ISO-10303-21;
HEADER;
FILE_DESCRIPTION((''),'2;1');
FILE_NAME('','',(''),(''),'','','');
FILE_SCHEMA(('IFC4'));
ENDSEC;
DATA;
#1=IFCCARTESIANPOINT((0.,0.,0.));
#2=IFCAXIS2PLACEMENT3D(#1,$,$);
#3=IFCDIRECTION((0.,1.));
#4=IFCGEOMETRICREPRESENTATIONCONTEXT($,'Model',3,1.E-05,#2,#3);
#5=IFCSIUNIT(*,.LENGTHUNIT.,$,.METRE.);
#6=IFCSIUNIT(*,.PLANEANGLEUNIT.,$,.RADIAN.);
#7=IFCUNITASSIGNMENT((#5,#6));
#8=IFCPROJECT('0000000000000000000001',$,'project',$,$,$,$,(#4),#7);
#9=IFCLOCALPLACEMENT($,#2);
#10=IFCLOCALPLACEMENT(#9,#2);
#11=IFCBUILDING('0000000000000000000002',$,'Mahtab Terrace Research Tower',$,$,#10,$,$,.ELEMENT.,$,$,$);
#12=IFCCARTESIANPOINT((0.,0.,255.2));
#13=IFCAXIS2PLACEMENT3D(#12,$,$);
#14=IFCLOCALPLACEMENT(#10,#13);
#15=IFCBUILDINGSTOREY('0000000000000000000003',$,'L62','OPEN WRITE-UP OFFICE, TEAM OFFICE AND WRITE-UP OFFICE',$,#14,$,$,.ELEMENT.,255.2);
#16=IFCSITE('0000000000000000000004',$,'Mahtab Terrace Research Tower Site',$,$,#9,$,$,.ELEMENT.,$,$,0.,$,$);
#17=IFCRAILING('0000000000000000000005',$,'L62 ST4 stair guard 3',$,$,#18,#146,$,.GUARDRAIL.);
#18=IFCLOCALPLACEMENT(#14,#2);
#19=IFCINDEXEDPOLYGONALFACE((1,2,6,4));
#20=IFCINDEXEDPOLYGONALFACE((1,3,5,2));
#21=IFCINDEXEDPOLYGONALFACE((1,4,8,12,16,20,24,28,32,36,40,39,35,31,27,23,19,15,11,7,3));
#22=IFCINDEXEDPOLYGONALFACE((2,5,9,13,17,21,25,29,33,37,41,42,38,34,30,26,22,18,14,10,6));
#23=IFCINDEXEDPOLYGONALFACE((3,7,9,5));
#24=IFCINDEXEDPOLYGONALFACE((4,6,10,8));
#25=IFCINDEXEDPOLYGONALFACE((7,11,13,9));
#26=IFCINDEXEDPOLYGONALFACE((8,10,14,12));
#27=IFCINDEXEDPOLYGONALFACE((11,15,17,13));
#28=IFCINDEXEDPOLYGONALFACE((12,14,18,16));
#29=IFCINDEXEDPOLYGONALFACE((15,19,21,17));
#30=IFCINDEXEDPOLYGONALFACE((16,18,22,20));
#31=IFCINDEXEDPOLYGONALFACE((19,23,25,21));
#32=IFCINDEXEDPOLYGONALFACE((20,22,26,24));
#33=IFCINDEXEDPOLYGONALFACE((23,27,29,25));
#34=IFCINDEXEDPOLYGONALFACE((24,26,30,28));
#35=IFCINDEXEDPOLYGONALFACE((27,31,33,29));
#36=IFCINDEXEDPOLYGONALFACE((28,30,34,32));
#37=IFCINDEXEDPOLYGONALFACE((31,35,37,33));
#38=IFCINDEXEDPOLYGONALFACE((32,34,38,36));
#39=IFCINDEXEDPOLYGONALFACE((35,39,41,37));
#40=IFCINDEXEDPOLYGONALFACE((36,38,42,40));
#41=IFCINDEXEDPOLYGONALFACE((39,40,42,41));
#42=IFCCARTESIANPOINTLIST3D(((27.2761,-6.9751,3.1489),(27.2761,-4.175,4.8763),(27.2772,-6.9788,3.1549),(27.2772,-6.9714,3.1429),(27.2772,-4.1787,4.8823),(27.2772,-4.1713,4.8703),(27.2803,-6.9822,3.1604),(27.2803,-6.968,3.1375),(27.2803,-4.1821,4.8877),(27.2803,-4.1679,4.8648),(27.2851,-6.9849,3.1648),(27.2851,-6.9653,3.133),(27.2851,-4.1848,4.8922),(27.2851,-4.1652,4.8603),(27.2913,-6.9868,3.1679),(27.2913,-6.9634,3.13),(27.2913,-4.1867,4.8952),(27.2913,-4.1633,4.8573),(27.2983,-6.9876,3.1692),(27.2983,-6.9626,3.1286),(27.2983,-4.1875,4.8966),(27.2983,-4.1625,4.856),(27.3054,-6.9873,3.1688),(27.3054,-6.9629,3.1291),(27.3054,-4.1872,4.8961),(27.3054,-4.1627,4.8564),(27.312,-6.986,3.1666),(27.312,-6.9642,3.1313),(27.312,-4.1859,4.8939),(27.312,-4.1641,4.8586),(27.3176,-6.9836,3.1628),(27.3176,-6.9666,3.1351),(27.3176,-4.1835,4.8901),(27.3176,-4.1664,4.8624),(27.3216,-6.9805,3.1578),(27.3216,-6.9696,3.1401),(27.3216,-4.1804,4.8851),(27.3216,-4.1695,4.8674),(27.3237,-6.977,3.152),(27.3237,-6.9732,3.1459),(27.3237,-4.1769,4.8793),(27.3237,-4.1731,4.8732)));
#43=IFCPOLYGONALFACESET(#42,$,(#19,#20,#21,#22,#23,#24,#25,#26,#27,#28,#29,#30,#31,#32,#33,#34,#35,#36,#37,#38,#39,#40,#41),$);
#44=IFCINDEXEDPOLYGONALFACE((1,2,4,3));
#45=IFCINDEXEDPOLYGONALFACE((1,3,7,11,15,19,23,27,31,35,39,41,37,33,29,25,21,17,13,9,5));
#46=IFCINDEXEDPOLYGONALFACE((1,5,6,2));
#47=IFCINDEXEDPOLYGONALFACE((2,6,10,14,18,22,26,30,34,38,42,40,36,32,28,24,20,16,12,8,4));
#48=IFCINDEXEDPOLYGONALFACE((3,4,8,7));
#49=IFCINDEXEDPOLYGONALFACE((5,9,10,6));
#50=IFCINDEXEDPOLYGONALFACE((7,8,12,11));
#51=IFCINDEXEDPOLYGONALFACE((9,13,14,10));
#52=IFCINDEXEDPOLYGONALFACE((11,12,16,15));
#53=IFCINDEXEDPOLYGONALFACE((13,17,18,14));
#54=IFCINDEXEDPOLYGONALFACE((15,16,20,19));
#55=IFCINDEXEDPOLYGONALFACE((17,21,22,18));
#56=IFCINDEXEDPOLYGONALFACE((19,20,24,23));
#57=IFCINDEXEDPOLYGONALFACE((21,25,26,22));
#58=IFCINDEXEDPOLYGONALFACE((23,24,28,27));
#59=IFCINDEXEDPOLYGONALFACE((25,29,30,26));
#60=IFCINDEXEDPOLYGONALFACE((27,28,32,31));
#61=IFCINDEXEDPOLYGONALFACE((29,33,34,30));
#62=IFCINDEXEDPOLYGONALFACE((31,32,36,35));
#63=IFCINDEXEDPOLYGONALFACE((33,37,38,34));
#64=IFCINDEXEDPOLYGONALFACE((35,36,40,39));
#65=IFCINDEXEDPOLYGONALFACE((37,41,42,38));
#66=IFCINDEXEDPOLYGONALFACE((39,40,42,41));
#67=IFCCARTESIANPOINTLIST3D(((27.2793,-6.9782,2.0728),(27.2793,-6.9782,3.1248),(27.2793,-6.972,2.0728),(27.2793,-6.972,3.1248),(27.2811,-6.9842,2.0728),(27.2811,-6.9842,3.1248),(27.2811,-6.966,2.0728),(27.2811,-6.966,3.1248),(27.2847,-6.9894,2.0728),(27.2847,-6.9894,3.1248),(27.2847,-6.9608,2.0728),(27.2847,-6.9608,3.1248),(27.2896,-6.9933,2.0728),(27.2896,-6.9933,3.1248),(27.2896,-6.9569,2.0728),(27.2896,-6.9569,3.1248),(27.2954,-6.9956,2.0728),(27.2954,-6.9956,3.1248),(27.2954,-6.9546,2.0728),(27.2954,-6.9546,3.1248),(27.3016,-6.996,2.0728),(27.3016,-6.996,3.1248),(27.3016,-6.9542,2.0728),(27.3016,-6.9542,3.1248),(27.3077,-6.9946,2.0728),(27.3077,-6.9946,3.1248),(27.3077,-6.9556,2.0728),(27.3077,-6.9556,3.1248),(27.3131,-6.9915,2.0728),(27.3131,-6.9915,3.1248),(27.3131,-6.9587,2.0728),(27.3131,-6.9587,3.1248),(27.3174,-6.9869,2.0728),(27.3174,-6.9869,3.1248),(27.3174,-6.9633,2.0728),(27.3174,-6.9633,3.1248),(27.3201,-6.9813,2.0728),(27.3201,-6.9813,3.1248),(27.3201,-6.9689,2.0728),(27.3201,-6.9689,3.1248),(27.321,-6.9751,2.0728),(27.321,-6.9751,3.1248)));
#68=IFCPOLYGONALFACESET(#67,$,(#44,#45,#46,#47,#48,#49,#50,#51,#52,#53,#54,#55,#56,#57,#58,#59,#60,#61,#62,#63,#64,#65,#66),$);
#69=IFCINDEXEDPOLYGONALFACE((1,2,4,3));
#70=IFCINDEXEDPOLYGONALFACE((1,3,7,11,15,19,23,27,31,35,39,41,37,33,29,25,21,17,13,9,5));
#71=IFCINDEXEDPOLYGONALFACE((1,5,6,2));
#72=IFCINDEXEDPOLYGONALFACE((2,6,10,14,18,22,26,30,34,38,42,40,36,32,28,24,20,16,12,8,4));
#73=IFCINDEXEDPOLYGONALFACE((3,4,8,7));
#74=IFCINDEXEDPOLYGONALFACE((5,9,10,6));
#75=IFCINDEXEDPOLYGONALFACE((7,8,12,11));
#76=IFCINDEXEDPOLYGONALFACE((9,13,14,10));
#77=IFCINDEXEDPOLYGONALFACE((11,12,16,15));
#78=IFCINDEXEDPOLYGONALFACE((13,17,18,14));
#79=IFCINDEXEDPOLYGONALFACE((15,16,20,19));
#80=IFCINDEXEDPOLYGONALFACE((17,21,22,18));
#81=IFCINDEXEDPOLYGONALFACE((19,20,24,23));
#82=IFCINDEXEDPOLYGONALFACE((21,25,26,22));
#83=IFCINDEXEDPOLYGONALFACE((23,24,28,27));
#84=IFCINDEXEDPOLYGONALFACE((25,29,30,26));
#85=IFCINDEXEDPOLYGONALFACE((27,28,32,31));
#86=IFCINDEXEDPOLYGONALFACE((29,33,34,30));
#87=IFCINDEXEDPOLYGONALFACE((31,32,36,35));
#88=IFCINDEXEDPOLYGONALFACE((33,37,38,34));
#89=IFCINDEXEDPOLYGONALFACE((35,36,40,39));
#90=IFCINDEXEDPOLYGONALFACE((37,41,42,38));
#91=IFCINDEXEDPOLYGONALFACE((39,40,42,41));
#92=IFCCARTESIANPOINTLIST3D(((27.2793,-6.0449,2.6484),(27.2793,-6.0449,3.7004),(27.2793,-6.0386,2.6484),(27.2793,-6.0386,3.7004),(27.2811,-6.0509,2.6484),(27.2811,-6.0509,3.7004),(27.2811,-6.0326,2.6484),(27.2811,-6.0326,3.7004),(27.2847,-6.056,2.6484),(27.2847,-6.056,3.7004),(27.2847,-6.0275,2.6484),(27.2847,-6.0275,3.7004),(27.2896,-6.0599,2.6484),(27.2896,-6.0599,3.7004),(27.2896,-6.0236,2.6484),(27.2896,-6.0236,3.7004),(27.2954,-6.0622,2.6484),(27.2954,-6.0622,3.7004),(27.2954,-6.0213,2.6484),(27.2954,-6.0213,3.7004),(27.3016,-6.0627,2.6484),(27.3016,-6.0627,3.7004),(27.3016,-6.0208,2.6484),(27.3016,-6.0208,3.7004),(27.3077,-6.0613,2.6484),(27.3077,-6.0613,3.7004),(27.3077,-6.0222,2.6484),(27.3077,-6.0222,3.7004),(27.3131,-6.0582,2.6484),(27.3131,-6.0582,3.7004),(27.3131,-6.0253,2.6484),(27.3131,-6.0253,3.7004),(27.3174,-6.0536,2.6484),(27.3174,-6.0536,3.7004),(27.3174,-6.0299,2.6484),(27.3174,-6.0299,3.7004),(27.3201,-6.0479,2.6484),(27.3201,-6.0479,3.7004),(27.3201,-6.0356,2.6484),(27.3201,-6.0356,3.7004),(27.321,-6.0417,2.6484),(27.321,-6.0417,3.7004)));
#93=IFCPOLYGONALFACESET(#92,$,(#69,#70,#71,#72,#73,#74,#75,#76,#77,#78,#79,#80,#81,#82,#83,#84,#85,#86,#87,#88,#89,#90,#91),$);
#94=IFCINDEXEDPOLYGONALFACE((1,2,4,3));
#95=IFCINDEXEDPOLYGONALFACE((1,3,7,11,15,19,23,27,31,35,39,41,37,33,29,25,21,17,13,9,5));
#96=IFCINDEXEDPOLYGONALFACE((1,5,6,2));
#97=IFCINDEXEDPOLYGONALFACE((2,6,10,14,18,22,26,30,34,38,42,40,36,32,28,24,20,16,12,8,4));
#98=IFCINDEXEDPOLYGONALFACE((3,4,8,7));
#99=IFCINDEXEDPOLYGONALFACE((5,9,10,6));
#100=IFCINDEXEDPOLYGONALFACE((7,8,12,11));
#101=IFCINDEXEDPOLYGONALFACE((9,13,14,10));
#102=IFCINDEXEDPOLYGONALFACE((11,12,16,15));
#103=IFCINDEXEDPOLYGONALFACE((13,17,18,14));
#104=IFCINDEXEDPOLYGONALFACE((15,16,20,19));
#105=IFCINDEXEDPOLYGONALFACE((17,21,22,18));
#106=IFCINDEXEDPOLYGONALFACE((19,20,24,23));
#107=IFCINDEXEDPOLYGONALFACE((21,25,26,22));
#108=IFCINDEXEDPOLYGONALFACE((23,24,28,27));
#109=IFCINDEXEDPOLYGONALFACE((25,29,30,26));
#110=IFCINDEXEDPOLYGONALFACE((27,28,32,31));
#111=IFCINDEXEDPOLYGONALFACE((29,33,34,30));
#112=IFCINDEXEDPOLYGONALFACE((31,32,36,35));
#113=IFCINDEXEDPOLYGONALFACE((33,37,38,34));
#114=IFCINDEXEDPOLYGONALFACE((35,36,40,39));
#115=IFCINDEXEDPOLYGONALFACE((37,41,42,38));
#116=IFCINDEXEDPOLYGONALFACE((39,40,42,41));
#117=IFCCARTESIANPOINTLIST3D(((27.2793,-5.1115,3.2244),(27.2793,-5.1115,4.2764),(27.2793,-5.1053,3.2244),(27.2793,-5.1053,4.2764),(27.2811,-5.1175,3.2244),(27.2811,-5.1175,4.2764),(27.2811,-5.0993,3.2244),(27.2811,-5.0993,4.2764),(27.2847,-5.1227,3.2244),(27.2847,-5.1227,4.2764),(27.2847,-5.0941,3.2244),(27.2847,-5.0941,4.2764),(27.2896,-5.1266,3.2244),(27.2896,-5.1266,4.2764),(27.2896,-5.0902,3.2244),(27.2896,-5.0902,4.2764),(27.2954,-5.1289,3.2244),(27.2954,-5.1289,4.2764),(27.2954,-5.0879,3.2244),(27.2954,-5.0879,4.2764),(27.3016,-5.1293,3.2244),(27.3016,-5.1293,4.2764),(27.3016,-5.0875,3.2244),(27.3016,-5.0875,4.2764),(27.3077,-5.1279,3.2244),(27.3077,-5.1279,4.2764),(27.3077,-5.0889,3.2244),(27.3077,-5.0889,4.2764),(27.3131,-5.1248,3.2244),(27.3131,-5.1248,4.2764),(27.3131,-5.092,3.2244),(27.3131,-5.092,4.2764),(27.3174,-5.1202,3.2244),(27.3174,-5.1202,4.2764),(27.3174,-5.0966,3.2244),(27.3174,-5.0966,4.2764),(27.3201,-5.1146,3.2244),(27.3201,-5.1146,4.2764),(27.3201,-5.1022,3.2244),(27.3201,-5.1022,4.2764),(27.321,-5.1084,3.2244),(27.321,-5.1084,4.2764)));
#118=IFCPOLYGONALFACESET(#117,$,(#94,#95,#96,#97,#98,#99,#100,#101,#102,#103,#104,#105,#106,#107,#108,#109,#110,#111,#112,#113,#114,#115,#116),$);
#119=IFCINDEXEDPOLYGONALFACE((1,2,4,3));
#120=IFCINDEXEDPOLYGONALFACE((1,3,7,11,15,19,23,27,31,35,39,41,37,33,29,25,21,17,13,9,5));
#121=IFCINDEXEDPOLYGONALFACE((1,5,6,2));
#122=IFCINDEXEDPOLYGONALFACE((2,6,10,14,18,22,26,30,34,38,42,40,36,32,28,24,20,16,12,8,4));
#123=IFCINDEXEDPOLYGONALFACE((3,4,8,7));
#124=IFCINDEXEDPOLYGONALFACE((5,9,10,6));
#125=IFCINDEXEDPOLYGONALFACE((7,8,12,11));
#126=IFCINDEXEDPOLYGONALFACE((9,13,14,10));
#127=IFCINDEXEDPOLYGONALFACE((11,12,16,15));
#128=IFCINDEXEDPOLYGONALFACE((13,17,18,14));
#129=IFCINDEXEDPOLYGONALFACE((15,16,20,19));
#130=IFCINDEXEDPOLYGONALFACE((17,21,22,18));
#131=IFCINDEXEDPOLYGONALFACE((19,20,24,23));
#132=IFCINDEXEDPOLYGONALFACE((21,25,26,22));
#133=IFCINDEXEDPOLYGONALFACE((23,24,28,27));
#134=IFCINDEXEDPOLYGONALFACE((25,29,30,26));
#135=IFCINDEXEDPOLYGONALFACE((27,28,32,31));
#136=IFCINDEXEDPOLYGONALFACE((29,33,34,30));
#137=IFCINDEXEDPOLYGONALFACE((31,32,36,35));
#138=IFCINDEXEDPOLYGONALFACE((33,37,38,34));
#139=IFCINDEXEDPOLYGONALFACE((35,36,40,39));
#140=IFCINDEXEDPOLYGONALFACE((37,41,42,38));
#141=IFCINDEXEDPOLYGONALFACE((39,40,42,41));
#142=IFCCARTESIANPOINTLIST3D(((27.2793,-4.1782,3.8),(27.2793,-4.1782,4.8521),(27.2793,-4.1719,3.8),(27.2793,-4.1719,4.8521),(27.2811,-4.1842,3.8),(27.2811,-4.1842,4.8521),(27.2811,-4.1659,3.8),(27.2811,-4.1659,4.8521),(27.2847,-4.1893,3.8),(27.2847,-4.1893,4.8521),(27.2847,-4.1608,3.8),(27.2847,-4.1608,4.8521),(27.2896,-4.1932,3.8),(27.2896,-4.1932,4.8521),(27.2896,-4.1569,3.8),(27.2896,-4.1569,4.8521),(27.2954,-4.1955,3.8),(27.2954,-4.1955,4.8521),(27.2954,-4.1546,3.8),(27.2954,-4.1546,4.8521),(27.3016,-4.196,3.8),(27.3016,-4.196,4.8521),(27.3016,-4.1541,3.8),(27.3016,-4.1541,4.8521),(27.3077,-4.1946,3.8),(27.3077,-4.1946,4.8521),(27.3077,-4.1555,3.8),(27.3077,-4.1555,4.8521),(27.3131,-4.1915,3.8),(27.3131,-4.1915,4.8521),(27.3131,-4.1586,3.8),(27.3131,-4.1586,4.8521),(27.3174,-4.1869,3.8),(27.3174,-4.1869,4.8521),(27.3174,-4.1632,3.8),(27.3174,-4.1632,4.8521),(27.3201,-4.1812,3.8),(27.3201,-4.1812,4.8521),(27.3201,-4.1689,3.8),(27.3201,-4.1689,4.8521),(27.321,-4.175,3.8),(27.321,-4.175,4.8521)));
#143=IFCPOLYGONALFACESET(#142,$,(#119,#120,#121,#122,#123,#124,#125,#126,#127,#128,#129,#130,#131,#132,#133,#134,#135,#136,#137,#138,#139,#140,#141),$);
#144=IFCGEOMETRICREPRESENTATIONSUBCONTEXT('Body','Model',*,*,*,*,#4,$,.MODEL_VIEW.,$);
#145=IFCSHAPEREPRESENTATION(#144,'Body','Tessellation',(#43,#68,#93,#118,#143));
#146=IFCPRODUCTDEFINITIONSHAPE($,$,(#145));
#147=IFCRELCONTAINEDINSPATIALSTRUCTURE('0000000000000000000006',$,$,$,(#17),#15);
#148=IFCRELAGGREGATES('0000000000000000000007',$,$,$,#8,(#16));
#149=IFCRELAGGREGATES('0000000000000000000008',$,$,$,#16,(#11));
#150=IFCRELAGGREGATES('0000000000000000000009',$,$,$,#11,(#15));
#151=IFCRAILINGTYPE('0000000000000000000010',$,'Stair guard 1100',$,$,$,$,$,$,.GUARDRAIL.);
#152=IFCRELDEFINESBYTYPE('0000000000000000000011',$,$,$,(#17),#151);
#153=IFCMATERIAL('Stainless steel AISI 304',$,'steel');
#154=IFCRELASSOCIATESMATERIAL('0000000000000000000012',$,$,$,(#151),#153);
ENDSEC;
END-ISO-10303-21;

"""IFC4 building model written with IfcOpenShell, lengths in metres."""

from ifc_helpers import new_model, si_unit, direction, frame, origin, origin_2d, place, context, subcontext, project, spatial, circle, extrude, material, type_object, element, save


model = new_model("IFC4")

# Units and contexts
model_context = context("Model", 3, precision=1e-05, world=origin(), true_north=direction((0.0, 1.0)))
body_context = subcontext(model_context, "Body", "Model", "MODEL_VIEW")
ifc_project = project(units=[si_unit("LENGTHUNIT", "METRE"), si_unit("PLANEANGLEUNIT", "RADIAN")], contexts=[model_context])

# Site, building, storey
site_placement = place(None, origin())
site = spatial("IfcSite", under=ifc_project, at=site_placement, Name="Mahtab Terrace Research Tower Site", CompositionType="ELEMENT", RefElevation=0.0)
building_placement = place(site_placement, origin())
building = spatial("IfcBuilding", under=site, at=building_placement, Name="Mahtab Terrace Research Tower", CompositionType="ELEMENT")
storey_placement = place(building_placement, frame((0.0, 0.0, 255.2)))
storey = spatial("IfcBuildingStorey", under=building, at=storey_placement, Name="L62", Description="OPEN WRITE-UP OFFICE, TEAM OFFICE AND WRITE-UP OFFICE", CompositionType="ELEMENT", Elevation=255.2)

# Railing
ifc_material_1 = material(Name="Stainless steel AISI 304", Category="steel")
railing_type_1 = type_object("IfcRailingType", Name="Stair guard 1100", PredefinedType="GUARDRAIL", material=ifc_material_1)
railing_1_placement = place(storey_placement, frame((27.3, -6.9751, 2.0728)))
element("IfcRailing", 1, at=railing_1_placement, inside=storey, type_object=railing_type_1, Name="L62 ST4 stair guard 3", PredefinedType="GUARDRAIL", context=body_context, shape_type="SweptSolid", body=[
    extrude(circle(Radius=0.0239, at=origin_2d()), frame((0.0, 0.0, 1.0762), z_axis=(0.0, 0.85109, 0.52502), x_axis=(-1.0, 0.0, 0.0)), (0.0, 0.0, 1.0), 3.29),
    extrude(circle(Radius=0.021, at=origin_2d()), origin(), (0.0, 0.0, 1.0), 1.052),
    extrude(circle(Radius=0.021, at=origin_2d()), frame((0.0, 0.9333, 0.5757)), (0.0, 0.0, 1.0), 1.052),
    extrude(circle(Radius=0.021, at=origin_2d()), frame((0.0, 1.8667, 1.1516)), (0.0, 0.0, 1.0), 1.052),
    extrude(circle(Radius=0.021, at=origin_2d()), frame((0.0, 2.8, 1.7273)), (0.0, 0.0, 1.0), 1.052),
])

save(model, "model.ifc")
